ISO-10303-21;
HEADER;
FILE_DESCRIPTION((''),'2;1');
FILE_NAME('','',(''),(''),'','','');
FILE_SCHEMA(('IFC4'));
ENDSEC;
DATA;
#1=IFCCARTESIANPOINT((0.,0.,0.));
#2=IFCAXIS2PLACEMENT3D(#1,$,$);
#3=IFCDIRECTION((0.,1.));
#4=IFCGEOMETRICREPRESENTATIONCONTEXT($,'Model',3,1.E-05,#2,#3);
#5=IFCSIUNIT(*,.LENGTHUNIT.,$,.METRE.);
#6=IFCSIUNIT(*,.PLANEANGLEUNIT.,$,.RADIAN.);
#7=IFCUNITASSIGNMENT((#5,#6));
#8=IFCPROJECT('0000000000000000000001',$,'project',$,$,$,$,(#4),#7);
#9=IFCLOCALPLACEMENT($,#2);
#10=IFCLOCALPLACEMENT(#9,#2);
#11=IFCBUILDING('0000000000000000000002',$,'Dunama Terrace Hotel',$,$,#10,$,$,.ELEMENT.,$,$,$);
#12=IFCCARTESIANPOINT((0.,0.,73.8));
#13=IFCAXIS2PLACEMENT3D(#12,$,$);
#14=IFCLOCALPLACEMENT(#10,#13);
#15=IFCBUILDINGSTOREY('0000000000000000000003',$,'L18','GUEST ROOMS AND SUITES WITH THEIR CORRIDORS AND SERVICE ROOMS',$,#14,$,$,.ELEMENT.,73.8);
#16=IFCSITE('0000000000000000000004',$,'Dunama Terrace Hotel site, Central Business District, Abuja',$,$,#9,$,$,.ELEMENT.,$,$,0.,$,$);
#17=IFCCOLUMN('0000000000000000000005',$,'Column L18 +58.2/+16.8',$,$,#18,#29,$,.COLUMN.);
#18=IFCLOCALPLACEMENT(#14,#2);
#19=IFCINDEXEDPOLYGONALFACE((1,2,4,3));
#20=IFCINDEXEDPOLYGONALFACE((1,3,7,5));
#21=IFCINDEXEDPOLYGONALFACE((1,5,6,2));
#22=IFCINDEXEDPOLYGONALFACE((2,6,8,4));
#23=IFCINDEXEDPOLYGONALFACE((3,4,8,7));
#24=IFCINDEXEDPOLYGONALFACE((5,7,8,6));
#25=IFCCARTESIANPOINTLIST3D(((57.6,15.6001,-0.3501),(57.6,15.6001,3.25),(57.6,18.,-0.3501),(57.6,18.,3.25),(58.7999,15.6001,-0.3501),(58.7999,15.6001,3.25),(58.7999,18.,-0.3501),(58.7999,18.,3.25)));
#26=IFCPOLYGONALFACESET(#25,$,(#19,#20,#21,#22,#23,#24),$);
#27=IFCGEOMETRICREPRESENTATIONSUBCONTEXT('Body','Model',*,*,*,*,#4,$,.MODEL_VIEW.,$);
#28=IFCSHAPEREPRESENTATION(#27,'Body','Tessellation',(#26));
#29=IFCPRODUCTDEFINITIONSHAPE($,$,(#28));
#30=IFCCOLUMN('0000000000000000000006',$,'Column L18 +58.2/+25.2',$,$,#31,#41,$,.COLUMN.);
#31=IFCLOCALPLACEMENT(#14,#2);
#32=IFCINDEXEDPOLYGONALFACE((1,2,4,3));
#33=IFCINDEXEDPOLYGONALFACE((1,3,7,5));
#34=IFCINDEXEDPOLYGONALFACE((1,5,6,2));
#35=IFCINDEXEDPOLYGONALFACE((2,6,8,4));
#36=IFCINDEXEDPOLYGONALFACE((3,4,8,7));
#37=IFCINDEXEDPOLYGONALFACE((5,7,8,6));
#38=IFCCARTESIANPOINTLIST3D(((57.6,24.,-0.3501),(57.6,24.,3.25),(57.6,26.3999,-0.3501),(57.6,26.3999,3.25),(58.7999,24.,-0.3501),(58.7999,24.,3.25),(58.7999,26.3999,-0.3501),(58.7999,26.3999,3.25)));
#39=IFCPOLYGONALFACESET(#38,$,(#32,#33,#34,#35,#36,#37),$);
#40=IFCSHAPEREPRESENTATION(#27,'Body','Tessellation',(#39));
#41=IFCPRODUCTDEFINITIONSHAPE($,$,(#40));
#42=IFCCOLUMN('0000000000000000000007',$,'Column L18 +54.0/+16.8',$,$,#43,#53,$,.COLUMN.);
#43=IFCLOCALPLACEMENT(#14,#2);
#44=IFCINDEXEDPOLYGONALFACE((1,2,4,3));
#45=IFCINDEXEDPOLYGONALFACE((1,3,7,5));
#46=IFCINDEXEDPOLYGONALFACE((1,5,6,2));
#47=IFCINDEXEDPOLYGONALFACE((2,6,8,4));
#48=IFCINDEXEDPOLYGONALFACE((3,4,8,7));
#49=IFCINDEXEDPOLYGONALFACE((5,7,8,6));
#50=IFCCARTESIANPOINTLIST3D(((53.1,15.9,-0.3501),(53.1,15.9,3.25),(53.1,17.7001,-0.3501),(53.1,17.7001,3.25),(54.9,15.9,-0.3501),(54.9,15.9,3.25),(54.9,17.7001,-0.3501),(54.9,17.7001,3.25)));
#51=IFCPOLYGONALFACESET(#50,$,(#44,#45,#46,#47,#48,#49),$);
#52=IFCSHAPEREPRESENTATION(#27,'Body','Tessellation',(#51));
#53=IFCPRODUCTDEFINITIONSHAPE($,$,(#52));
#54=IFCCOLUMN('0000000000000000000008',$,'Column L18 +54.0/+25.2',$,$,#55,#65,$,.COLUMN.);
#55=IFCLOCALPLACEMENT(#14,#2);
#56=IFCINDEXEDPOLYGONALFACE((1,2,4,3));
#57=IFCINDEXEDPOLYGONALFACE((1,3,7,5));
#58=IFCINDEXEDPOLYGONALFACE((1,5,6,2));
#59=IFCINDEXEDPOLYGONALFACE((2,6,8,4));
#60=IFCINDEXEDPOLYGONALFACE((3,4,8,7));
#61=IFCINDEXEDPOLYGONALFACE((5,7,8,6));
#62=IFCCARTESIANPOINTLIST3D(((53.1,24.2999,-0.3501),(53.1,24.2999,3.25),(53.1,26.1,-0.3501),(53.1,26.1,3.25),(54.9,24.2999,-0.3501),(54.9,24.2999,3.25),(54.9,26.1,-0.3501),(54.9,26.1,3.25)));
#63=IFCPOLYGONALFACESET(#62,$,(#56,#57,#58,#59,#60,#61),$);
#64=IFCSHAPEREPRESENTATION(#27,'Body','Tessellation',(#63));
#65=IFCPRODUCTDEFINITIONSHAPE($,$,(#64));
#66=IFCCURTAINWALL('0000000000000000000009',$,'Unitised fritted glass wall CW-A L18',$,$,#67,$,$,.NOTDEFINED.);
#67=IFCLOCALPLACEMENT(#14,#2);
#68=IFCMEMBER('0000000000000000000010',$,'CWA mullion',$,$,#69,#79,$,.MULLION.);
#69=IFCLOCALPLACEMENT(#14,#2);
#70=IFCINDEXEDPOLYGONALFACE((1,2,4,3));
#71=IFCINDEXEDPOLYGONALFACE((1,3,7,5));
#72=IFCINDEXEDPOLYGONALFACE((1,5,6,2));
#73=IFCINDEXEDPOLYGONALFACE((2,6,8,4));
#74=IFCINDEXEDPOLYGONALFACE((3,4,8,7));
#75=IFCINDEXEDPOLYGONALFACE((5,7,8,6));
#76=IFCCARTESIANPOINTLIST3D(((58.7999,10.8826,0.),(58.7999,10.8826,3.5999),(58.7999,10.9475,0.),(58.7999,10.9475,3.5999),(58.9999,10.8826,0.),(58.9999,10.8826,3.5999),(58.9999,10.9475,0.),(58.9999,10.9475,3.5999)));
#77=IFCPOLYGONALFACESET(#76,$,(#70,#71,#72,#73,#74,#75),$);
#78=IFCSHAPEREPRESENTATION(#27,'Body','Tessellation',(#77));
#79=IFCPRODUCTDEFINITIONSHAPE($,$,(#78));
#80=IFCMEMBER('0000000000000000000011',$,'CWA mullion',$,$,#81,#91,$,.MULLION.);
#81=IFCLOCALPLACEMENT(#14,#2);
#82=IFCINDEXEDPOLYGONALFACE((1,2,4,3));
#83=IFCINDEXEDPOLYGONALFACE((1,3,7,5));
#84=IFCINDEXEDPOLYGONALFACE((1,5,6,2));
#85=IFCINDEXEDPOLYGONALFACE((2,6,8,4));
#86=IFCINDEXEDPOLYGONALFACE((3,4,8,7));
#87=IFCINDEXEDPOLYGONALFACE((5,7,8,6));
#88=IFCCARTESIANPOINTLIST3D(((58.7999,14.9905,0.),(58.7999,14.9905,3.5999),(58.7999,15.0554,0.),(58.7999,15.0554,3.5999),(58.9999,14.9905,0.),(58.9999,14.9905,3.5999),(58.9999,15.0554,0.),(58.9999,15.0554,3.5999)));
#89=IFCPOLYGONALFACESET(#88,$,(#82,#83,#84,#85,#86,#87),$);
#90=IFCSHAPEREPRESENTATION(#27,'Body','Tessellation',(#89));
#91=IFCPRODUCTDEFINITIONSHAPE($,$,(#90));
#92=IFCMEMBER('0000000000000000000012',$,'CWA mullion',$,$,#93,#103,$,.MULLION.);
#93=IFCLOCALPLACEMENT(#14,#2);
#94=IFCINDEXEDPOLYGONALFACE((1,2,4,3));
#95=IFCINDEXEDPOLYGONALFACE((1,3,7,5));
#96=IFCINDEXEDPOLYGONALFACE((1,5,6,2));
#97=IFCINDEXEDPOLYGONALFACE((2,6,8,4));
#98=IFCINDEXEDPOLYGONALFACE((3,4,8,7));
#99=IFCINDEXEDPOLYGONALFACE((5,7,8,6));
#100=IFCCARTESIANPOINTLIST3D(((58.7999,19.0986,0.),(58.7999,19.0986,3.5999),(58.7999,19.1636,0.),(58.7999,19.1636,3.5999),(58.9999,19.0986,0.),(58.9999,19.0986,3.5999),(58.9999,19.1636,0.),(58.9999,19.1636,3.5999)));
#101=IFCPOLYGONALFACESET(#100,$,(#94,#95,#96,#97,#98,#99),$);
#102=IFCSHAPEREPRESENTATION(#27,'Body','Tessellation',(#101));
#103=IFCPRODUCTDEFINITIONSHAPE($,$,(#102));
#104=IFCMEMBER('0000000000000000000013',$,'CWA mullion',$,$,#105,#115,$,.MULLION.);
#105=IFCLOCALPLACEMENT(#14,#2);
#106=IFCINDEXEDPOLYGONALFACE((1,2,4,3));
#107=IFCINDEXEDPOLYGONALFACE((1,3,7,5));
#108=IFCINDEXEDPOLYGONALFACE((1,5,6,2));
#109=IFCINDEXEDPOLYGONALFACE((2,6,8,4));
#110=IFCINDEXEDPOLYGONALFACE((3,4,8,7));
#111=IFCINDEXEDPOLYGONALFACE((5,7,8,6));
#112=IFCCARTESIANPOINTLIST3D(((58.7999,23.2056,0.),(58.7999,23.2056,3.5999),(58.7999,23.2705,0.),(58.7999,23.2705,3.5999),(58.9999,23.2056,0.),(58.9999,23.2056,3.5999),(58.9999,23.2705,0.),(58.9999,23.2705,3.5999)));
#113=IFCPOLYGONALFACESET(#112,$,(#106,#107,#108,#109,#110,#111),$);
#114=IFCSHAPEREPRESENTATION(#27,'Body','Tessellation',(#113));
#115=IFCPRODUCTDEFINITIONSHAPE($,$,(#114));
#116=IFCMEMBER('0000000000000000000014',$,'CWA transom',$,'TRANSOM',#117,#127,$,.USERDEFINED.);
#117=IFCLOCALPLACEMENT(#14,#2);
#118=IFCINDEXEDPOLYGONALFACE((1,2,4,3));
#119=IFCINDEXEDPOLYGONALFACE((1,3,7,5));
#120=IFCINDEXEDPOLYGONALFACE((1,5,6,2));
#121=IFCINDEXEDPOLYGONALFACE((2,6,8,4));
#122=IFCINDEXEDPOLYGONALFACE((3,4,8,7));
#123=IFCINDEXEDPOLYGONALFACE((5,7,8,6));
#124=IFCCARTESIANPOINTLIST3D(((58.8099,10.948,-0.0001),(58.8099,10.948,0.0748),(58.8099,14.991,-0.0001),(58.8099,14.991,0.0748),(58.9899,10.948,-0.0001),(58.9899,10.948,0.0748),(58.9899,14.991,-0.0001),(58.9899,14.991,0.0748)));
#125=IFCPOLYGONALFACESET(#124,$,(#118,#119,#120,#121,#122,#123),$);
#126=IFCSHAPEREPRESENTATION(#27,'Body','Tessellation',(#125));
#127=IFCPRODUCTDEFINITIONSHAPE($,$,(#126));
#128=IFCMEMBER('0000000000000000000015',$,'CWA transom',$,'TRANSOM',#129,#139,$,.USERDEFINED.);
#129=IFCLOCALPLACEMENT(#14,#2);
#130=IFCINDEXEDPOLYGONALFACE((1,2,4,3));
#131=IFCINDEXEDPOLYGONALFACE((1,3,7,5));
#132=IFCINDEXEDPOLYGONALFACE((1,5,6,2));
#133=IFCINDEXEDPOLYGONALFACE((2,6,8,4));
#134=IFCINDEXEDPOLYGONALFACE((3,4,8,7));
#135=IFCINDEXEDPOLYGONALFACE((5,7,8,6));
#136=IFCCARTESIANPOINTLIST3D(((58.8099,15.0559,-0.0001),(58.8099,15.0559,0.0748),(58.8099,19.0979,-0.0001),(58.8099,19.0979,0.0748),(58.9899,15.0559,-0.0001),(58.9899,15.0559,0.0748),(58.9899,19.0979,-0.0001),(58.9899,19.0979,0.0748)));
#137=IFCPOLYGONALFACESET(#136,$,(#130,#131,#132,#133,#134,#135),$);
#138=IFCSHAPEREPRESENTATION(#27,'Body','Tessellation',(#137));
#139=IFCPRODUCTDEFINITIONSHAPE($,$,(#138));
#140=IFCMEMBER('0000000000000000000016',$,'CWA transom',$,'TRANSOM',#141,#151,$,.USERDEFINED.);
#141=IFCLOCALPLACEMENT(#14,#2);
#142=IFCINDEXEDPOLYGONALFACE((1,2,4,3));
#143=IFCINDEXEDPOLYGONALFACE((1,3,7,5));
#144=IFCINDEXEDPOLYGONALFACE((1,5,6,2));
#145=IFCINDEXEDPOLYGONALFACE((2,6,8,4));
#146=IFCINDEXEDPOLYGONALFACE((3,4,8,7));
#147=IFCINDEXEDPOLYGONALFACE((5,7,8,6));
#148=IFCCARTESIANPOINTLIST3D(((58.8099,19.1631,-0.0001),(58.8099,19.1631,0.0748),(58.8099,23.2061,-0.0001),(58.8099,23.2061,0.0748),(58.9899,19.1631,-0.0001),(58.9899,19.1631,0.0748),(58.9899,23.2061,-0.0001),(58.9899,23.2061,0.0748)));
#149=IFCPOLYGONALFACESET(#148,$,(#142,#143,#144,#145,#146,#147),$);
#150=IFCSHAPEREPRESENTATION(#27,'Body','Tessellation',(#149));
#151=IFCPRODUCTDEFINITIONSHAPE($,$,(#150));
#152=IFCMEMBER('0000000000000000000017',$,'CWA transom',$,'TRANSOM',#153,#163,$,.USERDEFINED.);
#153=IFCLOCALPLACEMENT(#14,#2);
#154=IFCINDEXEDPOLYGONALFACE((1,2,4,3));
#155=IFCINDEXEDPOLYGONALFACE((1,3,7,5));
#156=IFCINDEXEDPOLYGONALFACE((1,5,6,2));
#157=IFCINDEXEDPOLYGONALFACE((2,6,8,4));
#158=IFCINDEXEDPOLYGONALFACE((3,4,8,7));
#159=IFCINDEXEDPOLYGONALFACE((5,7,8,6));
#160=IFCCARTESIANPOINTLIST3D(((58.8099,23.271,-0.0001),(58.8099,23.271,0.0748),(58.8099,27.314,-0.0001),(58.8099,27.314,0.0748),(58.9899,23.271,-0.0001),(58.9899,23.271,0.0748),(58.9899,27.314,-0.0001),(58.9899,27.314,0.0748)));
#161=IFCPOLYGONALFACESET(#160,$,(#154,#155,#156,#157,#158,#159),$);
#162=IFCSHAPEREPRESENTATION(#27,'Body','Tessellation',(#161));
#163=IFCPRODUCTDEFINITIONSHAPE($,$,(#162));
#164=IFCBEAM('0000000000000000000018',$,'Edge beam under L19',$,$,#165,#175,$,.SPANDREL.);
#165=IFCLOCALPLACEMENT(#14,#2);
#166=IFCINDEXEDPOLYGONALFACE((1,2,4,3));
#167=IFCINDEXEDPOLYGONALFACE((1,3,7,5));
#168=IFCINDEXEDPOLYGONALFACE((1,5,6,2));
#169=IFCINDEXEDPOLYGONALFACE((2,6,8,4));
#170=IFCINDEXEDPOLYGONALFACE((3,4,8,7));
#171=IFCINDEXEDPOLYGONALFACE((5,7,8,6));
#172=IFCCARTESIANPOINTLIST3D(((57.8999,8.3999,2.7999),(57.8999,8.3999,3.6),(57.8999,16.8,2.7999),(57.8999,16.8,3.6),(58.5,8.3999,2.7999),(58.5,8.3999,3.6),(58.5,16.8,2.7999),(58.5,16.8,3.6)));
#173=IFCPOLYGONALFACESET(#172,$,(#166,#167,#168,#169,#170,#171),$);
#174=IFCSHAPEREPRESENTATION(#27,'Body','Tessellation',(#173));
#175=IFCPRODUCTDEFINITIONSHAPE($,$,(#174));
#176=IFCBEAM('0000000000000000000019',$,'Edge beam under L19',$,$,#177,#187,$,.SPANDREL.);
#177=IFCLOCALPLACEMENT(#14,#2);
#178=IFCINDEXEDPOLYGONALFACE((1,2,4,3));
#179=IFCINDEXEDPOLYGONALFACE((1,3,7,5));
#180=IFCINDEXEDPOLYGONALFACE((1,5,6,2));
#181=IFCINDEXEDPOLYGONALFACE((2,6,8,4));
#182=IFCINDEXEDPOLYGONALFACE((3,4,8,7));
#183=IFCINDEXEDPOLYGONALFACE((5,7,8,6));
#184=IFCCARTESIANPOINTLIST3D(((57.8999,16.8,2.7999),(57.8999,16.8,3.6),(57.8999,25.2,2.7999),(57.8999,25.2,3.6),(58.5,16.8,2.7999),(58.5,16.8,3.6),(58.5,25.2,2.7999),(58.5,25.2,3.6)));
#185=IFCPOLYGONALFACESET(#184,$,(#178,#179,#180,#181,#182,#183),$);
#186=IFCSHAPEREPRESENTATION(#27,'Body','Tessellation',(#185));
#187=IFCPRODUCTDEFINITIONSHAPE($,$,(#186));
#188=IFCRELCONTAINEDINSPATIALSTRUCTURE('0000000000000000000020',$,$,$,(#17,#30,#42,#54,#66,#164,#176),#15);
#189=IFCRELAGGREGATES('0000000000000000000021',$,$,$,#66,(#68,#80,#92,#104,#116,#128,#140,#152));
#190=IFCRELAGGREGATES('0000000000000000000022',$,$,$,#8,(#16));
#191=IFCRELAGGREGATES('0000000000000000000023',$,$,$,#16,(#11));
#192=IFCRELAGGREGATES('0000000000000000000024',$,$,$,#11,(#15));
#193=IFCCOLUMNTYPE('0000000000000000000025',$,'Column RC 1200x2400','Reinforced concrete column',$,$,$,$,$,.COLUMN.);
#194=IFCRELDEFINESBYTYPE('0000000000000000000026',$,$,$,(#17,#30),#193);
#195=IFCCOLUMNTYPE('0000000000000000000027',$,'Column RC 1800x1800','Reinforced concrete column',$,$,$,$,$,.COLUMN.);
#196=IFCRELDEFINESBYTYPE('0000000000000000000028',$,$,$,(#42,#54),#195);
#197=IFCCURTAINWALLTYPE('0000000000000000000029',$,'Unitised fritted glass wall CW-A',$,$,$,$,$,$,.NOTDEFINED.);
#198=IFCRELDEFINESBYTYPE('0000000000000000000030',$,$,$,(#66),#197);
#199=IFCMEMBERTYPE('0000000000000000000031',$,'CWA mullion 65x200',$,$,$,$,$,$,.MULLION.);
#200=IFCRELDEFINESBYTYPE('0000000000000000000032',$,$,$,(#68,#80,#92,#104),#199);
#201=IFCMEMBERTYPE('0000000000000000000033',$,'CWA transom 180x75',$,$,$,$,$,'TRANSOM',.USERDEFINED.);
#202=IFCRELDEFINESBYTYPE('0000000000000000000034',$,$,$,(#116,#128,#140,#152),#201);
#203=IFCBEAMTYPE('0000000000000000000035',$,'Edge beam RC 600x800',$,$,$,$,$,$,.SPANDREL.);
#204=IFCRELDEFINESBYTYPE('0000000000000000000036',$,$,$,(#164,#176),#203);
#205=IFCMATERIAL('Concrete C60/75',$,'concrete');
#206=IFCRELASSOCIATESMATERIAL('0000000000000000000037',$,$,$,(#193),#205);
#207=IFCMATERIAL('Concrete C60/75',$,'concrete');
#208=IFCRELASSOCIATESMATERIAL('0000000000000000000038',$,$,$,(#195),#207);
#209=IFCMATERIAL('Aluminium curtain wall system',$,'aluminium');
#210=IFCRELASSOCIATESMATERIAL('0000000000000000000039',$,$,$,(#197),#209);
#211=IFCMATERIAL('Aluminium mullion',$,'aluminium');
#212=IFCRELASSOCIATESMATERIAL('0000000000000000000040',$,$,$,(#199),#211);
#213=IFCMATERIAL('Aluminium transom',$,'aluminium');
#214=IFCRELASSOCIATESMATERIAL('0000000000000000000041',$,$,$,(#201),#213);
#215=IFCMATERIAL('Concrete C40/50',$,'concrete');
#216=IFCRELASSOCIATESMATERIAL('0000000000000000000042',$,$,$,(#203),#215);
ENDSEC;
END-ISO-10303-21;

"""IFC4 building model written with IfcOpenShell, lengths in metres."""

from ifc_helpers import new_model, si_unit, direction, frame, origin, origin_2d, place, context, subcontext, project, spatial, rectangle, extrude, material, material_profile, profile_set, type_object, element, aggregate, save


model = new_model("IFC4")

# Units and contexts
model_context = context("Model", 3, precision=1e-05, world=origin(), true_north=direction((0.0, 1.0)))
body_context = subcontext(model_context, "Body", "Model", "MODEL_VIEW")
ifc_project = project(units=[si_unit("LENGTHUNIT", "METRE"), si_unit("PLANEANGLEUNIT", "RADIAN")], contexts=[model_context])

# Site, building, storey
site_placement = place(None, origin())
site = spatial("IfcSite", under=ifc_project, at=site_placement, Name="Dunama Terrace Hotel site, Central Business District, Abuja", CompositionType="ELEMENT", RefElevation=0.0)
building_placement = place(site_placement, origin())
building = spatial("IfcBuilding", under=site, at=building_placement, Name="Dunama Terrace Hotel", CompositionType="ELEMENT")
storey_placement = place(building_placement, frame((0.0, 0.0, 73.8)))
storey = spatial("IfcBuildingStorey", under=building, at=storey_placement, Name="L18", Description="GUEST ROOMS AND SUITES WITH THEIR CORRIDORS AND SERVICE ROOMS", CompositionType="ELEMENT", Elevation=73.8)

# Columns
ifc_material_1 = material(Name="Concrete C60/75", Category="concrete")
ifc_material_profile_1 = material_profile(ifc_material_1, rectangle(XDim=1.2, YDim=2.3999, at=origin_2d()), Name="RC 1200x2400")
ifc_profile_set_1 = profile_set([ifc_material_profile_1], Name="Concrete C60/75")
column_type_1 = type_object("IfcColumnType", Name="Column RC 1200x2400", Description="Reinforced concrete column", PredefinedType="COLUMN", material=ifc_profile_set_1)
for number, where, z_axis, x_axis, name in (
    (1, (58.2, 16.8, -0.3501), (0.0, 0.0, 1.0), (1.0, 0.0, 0.0), "Column L18 +58.2/+16.8"),
    (2, (58.2, 25.2, -0.3501), (0.0, 0.0, 1.0), (1.0, 0.0, 0.0), "Column L18 +58.2/+25.2"),
):
    element("IfcColumn", number, at=place(storey_placement, frame(where, z_axis=z_axis, x_axis=x_axis)), inside=storey, type_object=column_type_1, Name=name, PredefinedType="COLUMN", context=body_context, shape_type="SweptSolid", body=[
        extrude(rectangle(XDim=1.2, YDim=2.3999, at=origin_2d()), origin(), (0.0, 0.0, 1.0), 3.6001),
    ])
ifc_material_2 = material(Name="Concrete C60/75", Category="concrete")
ifc_material_profile_2 = material_profile(ifc_material_2, rectangle(XDim=1.8, YDim=1.8, at=origin_2d()), Name="RC 1800x1800")
ifc_profile_set_2 = profile_set([ifc_material_profile_2], Name="Concrete C60/75")
column_type_2 = type_object("IfcColumnType", Name="Column RC 1800x1800", Description="Reinforced concrete column", PredefinedType="COLUMN", material=ifc_profile_set_2)
for number, where, z_axis, x_axis, name in (
    (3, (54.0, 16.8, -0.3501), (0.0, 0.0, 1.0), (1.0, 0.0, 0.0), "Column L18 +54.0/+16.8"),
    (4, (54.0, 25.2, -0.3501), (0.0, 0.0, 1.0), (1.0, 0.0, 0.0), "Column L18 +54.0/+25.2"),
):
    element("IfcColumn", number, at=place(storey_placement, frame(where, z_axis=z_axis, x_axis=x_axis)), inside=storey, type_object=column_type_2, Name=name, PredefinedType="COLUMN", context=body_context, shape_type="SweptSolid", body=[
        extrude(rectangle(XDim=1.8, YDim=1.8, at=origin_2d()), origin(), (0.0, 0.0, 1.0), 3.6001),
    ])

# Curtain wall, members
ifc_material_3 = material(Name="Aluminium curtain wall system", Category="aluminium")
curtain_wall_type = type_object("IfcCurtainWallType", Name="Unitised fritted glass wall CW-A", PredefinedType="NOTDEFINED", material=ifc_material_3)
curtain_wall_placement = place(storey_placement, origin())
curtain_wall = element("IfcCurtainWall", 5, at=curtain_wall_placement, inside=storey, type_object=curtain_wall_type, Name="Unitised fritted glass wall CW-A L18", PredefinedType="NOTDEFINED")
ifc_material_4 = material(Name="Aluminium mullion", Category="aluminium")
ifc_material_profile_3 = material_profile(ifc_material_4, rectangle(XDim=0.0649, YDim=0.2, at=origin_2d()), Name="CWA MULLION 65X200")
ifc_profile_set_3 = profile_set([ifc_material_profile_3], Name="Aluminium mullion")
member_type_1 = type_object("IfcMemberType", Name="CWA mullion 65x200", PredefinedType="MULLION", material=ifc_profile_set_3)
member_1_placement = place(storey_placement, frame((58.8999, 10.915, 0.0), z_axis=(0.0, 0.0, 1.0), x_axis=(0.0, 1.0, 0.0)))
member_1 = element("IfcMember", 6, at=member_1_placement, type_object=member_type_1, Name="CWA mullion", PredefinedType="MULLION", context=body_context, shape_type="SweptSolid", body=[
    extrude(rectangle(XDim=0.0649, YDim=0.2, at=origin_2d()), origin(), (0.0, 0.0, 1.0), 3.5999),
])
member_2_placement = place(storey_placement, frame((58.8999, 15.0229, 0.0), z_axis=(0.0, 0.0, 1.0), x_axis=(0.0, 1.0, 0.0)))
member_2 = element("IfcMember", 7, at=member_2_placement, type_object=member_type_1, Name="CWA mullion", PredefinedType="MULLION", context=body_context, shape_type="SweptSolid", body=[
    extrude(rectangle(XDim=0.0649, YDim=0.2, at=origin_2d()), origin(), (0.0, 0.0, 1.0), 3.5999),
])
member_3_placement = place(storey_placement, frame((58.8999, 19.1311, 0.0), z_axis=(0.0, 0.0, 1.0), x_axis=(0.0, 1.0, 0.0)))
member_3 = element("IfcMember", 8, at=member_3_placement, type_object=member_type_1, Name="CWA mullion", PredefinedType="MULLION", context=body_context, shape_type="SweptSolid", body=[
    extrude(rectangle(XDim=0.0649, YDim=0.2, at=origin_2d()), origin(), (0.0, 0.0, 1.0), 3.5999),
])
member_4_placement = place(storey_placement, frame((58.8999, 23.238, 0.0), z_axis=(0.0, 0.0, 1.0), x_axis=(0.0, 1.0, 0.0)))
member_4 = element("IfcMember", 9, at=member_4_placement, type_object=member_type_1, Name="CWA mullion", PredefinedType="MULLION", context=body_context, shape_type="SweptSolid", body=[
    extrude(rectangle(XDim=0.0649, YDim=0.2, at=origin_2d()), origin(), (0.0, 0.0, 1.0), 3.5999),
])
ifc_material_5 = material(Name="Aluminium transom", Category="aluminium")
ifc_material_profile_4 = material_profile(ifc_material_5, rectangle(XDim=0.1799, YDim=0.075, at=origin_2d()), Name="CWA TRANSOM 180X75")
ifc_profile_set_4 = profile_set([ifc_material_profile_4], Name="Aluminium transom")
member_type_2 = type_object("IfcMemberType", Name="CWA transom 180x75", ElementType="TRANSOM", PredefinedType="USERDEFINED", material=ifc_profile_set_4)
member_5_placement = place(storey_placement, frame((58.8999, 10.948, 0.0374), z_axis=(0.0, 1.0, 0.0), x_axis=(-1.0, 0.0, 0.0)))
member_5 = element("IfcMember", 10, at=member_5_placement, type_object=member_type_2, Name="CWA transom", ObjectType="TRANSOM", PredefinedType="USERDEFINED", context=body_context, shape_type="SweptSolid", body=[
    extrude(rectangle(XDim=0.1799, YDim=0.075, at=origin_2d()), origin(), (0.0, 0.0, 1.0), 4.043),
])
member_6_placement = place(storey_placement, frame((58.8999, 15.0559, 0.0374), z_axis=(0.0, 1.0, 0.0), x_axis=(-1.0, 0.0, 0.0)))
member_6 = element("IfcMember", 11, at=member_6_placement, type_object=member_type_2, Name="CWA transom", ObjectType="TRANSOM", PredefinedType="USERDEFINED", context=body_context, shape_type="SweptSolid", body=[
    extrude(rectangle(XDim=0.1799, YDim=0.075, at=origin_2d()), origin(), (0.0, 0.0, 1.0), 4.042),
])
member_7_placement = place(storey_placement, frame((58.8999, 19.1631, 0.0374), z_axis=(0.0, 1.0, 0.0), x_axis=(-1.0, 0.0, 0.0)))
member_7 = element("IfcMember", 12, at=member_7_placement, type_object=member_type_2, Name="CWA transom", ObjectType="TRANSOM", PredefinedType="USERDEFINED", context=body_context, shape_type="SweptSolid", body=[
    extrude(rectangle(XDim=0.1799, YDim=0.075, at=origin_2d()), origin(), (0.0, 0.0, 1.0), 4.043),
])
member_8_placement = place(storey_placement, frame((58.8999, 23.271, 0.0374), z_axis=(0.0, 1.0, 0.0), x_axis=(-1.0, 0.0, 0.0)))
member_8 = element("IfcMember", 13, at=member_8_placement, type_object=member_type_2, Name="CWA transom", ObjectType="TRANSOM", PredefinedType="USERDEFINED", context=body_context, shape_type="SweptSolid", body=[
    extrude(rectangle(XDim=0.1799, YDim=0.075, at=origin_2d()), origin(), (0.0, 0.0, 1.0), 4.043),
])

# Beams
ifc_material_6 = material(Name="Concrete C40/50", Category="concrete")
ifc_material_profile_5 = material_profile(ifc_material_6, rectangle(XDim=0.6001, YDim=0.8, at=origin_2d()), Name="RC 600x800")
ifc_profile_set_5 = profile_set([ifc_material_profile_5], Name="Concrete C40/50")
beam_type = type_object("IfcBeamType", Name="Edge beam RC 600x800", PredefinedType="SPANDREL", material=ifc_profile_set_5)
beam_1_placement = place(storey_placement, frame((58.2, 8.3999, 3.2), z_axis=(0.0, 1.0, 0.0), x_axis=(-1.0, 0.0, 0.0)))
element("IfcBeam", 14, at=beam_1_placement, inside=storey, type_object=beam_type, Name="Edge beam under L19", PredefinedType="SPANDREL", context=body_context, shape_type="SweptSolid", body=[
    extrude(rectangle(XDim=0.6001, YDim=0.8, at=origin_2d()), origin(), (0.0, 0.0, 1.0), 8.4001),
])
beam_2_placement = place(storey_placement, frame((58.2, 16.8, 3.2), z_axis=(0.0, 1.0, 0.0), x_axis=(-1.0, 0.0, 0.0)))
element("IfcBeam", 15, at=beam_2_placement, inside=storey, type_object=beam_type, Name="Edge beam under L19", PredefinedType="SPANDREL", context=body_context, shape_type="SweptSolid", body=[
    extrude(rectangle(XDim=0.6001, YDim=0.8, at=origin_2d()), origin(), (0.0, 0.0, 1.0), 8.3999),
])

aggregate(curtain_wall, [member_1, member_2, member_3, member_4, member_5, member_6, member_7, member_8])

save(model, "model.ifc")
